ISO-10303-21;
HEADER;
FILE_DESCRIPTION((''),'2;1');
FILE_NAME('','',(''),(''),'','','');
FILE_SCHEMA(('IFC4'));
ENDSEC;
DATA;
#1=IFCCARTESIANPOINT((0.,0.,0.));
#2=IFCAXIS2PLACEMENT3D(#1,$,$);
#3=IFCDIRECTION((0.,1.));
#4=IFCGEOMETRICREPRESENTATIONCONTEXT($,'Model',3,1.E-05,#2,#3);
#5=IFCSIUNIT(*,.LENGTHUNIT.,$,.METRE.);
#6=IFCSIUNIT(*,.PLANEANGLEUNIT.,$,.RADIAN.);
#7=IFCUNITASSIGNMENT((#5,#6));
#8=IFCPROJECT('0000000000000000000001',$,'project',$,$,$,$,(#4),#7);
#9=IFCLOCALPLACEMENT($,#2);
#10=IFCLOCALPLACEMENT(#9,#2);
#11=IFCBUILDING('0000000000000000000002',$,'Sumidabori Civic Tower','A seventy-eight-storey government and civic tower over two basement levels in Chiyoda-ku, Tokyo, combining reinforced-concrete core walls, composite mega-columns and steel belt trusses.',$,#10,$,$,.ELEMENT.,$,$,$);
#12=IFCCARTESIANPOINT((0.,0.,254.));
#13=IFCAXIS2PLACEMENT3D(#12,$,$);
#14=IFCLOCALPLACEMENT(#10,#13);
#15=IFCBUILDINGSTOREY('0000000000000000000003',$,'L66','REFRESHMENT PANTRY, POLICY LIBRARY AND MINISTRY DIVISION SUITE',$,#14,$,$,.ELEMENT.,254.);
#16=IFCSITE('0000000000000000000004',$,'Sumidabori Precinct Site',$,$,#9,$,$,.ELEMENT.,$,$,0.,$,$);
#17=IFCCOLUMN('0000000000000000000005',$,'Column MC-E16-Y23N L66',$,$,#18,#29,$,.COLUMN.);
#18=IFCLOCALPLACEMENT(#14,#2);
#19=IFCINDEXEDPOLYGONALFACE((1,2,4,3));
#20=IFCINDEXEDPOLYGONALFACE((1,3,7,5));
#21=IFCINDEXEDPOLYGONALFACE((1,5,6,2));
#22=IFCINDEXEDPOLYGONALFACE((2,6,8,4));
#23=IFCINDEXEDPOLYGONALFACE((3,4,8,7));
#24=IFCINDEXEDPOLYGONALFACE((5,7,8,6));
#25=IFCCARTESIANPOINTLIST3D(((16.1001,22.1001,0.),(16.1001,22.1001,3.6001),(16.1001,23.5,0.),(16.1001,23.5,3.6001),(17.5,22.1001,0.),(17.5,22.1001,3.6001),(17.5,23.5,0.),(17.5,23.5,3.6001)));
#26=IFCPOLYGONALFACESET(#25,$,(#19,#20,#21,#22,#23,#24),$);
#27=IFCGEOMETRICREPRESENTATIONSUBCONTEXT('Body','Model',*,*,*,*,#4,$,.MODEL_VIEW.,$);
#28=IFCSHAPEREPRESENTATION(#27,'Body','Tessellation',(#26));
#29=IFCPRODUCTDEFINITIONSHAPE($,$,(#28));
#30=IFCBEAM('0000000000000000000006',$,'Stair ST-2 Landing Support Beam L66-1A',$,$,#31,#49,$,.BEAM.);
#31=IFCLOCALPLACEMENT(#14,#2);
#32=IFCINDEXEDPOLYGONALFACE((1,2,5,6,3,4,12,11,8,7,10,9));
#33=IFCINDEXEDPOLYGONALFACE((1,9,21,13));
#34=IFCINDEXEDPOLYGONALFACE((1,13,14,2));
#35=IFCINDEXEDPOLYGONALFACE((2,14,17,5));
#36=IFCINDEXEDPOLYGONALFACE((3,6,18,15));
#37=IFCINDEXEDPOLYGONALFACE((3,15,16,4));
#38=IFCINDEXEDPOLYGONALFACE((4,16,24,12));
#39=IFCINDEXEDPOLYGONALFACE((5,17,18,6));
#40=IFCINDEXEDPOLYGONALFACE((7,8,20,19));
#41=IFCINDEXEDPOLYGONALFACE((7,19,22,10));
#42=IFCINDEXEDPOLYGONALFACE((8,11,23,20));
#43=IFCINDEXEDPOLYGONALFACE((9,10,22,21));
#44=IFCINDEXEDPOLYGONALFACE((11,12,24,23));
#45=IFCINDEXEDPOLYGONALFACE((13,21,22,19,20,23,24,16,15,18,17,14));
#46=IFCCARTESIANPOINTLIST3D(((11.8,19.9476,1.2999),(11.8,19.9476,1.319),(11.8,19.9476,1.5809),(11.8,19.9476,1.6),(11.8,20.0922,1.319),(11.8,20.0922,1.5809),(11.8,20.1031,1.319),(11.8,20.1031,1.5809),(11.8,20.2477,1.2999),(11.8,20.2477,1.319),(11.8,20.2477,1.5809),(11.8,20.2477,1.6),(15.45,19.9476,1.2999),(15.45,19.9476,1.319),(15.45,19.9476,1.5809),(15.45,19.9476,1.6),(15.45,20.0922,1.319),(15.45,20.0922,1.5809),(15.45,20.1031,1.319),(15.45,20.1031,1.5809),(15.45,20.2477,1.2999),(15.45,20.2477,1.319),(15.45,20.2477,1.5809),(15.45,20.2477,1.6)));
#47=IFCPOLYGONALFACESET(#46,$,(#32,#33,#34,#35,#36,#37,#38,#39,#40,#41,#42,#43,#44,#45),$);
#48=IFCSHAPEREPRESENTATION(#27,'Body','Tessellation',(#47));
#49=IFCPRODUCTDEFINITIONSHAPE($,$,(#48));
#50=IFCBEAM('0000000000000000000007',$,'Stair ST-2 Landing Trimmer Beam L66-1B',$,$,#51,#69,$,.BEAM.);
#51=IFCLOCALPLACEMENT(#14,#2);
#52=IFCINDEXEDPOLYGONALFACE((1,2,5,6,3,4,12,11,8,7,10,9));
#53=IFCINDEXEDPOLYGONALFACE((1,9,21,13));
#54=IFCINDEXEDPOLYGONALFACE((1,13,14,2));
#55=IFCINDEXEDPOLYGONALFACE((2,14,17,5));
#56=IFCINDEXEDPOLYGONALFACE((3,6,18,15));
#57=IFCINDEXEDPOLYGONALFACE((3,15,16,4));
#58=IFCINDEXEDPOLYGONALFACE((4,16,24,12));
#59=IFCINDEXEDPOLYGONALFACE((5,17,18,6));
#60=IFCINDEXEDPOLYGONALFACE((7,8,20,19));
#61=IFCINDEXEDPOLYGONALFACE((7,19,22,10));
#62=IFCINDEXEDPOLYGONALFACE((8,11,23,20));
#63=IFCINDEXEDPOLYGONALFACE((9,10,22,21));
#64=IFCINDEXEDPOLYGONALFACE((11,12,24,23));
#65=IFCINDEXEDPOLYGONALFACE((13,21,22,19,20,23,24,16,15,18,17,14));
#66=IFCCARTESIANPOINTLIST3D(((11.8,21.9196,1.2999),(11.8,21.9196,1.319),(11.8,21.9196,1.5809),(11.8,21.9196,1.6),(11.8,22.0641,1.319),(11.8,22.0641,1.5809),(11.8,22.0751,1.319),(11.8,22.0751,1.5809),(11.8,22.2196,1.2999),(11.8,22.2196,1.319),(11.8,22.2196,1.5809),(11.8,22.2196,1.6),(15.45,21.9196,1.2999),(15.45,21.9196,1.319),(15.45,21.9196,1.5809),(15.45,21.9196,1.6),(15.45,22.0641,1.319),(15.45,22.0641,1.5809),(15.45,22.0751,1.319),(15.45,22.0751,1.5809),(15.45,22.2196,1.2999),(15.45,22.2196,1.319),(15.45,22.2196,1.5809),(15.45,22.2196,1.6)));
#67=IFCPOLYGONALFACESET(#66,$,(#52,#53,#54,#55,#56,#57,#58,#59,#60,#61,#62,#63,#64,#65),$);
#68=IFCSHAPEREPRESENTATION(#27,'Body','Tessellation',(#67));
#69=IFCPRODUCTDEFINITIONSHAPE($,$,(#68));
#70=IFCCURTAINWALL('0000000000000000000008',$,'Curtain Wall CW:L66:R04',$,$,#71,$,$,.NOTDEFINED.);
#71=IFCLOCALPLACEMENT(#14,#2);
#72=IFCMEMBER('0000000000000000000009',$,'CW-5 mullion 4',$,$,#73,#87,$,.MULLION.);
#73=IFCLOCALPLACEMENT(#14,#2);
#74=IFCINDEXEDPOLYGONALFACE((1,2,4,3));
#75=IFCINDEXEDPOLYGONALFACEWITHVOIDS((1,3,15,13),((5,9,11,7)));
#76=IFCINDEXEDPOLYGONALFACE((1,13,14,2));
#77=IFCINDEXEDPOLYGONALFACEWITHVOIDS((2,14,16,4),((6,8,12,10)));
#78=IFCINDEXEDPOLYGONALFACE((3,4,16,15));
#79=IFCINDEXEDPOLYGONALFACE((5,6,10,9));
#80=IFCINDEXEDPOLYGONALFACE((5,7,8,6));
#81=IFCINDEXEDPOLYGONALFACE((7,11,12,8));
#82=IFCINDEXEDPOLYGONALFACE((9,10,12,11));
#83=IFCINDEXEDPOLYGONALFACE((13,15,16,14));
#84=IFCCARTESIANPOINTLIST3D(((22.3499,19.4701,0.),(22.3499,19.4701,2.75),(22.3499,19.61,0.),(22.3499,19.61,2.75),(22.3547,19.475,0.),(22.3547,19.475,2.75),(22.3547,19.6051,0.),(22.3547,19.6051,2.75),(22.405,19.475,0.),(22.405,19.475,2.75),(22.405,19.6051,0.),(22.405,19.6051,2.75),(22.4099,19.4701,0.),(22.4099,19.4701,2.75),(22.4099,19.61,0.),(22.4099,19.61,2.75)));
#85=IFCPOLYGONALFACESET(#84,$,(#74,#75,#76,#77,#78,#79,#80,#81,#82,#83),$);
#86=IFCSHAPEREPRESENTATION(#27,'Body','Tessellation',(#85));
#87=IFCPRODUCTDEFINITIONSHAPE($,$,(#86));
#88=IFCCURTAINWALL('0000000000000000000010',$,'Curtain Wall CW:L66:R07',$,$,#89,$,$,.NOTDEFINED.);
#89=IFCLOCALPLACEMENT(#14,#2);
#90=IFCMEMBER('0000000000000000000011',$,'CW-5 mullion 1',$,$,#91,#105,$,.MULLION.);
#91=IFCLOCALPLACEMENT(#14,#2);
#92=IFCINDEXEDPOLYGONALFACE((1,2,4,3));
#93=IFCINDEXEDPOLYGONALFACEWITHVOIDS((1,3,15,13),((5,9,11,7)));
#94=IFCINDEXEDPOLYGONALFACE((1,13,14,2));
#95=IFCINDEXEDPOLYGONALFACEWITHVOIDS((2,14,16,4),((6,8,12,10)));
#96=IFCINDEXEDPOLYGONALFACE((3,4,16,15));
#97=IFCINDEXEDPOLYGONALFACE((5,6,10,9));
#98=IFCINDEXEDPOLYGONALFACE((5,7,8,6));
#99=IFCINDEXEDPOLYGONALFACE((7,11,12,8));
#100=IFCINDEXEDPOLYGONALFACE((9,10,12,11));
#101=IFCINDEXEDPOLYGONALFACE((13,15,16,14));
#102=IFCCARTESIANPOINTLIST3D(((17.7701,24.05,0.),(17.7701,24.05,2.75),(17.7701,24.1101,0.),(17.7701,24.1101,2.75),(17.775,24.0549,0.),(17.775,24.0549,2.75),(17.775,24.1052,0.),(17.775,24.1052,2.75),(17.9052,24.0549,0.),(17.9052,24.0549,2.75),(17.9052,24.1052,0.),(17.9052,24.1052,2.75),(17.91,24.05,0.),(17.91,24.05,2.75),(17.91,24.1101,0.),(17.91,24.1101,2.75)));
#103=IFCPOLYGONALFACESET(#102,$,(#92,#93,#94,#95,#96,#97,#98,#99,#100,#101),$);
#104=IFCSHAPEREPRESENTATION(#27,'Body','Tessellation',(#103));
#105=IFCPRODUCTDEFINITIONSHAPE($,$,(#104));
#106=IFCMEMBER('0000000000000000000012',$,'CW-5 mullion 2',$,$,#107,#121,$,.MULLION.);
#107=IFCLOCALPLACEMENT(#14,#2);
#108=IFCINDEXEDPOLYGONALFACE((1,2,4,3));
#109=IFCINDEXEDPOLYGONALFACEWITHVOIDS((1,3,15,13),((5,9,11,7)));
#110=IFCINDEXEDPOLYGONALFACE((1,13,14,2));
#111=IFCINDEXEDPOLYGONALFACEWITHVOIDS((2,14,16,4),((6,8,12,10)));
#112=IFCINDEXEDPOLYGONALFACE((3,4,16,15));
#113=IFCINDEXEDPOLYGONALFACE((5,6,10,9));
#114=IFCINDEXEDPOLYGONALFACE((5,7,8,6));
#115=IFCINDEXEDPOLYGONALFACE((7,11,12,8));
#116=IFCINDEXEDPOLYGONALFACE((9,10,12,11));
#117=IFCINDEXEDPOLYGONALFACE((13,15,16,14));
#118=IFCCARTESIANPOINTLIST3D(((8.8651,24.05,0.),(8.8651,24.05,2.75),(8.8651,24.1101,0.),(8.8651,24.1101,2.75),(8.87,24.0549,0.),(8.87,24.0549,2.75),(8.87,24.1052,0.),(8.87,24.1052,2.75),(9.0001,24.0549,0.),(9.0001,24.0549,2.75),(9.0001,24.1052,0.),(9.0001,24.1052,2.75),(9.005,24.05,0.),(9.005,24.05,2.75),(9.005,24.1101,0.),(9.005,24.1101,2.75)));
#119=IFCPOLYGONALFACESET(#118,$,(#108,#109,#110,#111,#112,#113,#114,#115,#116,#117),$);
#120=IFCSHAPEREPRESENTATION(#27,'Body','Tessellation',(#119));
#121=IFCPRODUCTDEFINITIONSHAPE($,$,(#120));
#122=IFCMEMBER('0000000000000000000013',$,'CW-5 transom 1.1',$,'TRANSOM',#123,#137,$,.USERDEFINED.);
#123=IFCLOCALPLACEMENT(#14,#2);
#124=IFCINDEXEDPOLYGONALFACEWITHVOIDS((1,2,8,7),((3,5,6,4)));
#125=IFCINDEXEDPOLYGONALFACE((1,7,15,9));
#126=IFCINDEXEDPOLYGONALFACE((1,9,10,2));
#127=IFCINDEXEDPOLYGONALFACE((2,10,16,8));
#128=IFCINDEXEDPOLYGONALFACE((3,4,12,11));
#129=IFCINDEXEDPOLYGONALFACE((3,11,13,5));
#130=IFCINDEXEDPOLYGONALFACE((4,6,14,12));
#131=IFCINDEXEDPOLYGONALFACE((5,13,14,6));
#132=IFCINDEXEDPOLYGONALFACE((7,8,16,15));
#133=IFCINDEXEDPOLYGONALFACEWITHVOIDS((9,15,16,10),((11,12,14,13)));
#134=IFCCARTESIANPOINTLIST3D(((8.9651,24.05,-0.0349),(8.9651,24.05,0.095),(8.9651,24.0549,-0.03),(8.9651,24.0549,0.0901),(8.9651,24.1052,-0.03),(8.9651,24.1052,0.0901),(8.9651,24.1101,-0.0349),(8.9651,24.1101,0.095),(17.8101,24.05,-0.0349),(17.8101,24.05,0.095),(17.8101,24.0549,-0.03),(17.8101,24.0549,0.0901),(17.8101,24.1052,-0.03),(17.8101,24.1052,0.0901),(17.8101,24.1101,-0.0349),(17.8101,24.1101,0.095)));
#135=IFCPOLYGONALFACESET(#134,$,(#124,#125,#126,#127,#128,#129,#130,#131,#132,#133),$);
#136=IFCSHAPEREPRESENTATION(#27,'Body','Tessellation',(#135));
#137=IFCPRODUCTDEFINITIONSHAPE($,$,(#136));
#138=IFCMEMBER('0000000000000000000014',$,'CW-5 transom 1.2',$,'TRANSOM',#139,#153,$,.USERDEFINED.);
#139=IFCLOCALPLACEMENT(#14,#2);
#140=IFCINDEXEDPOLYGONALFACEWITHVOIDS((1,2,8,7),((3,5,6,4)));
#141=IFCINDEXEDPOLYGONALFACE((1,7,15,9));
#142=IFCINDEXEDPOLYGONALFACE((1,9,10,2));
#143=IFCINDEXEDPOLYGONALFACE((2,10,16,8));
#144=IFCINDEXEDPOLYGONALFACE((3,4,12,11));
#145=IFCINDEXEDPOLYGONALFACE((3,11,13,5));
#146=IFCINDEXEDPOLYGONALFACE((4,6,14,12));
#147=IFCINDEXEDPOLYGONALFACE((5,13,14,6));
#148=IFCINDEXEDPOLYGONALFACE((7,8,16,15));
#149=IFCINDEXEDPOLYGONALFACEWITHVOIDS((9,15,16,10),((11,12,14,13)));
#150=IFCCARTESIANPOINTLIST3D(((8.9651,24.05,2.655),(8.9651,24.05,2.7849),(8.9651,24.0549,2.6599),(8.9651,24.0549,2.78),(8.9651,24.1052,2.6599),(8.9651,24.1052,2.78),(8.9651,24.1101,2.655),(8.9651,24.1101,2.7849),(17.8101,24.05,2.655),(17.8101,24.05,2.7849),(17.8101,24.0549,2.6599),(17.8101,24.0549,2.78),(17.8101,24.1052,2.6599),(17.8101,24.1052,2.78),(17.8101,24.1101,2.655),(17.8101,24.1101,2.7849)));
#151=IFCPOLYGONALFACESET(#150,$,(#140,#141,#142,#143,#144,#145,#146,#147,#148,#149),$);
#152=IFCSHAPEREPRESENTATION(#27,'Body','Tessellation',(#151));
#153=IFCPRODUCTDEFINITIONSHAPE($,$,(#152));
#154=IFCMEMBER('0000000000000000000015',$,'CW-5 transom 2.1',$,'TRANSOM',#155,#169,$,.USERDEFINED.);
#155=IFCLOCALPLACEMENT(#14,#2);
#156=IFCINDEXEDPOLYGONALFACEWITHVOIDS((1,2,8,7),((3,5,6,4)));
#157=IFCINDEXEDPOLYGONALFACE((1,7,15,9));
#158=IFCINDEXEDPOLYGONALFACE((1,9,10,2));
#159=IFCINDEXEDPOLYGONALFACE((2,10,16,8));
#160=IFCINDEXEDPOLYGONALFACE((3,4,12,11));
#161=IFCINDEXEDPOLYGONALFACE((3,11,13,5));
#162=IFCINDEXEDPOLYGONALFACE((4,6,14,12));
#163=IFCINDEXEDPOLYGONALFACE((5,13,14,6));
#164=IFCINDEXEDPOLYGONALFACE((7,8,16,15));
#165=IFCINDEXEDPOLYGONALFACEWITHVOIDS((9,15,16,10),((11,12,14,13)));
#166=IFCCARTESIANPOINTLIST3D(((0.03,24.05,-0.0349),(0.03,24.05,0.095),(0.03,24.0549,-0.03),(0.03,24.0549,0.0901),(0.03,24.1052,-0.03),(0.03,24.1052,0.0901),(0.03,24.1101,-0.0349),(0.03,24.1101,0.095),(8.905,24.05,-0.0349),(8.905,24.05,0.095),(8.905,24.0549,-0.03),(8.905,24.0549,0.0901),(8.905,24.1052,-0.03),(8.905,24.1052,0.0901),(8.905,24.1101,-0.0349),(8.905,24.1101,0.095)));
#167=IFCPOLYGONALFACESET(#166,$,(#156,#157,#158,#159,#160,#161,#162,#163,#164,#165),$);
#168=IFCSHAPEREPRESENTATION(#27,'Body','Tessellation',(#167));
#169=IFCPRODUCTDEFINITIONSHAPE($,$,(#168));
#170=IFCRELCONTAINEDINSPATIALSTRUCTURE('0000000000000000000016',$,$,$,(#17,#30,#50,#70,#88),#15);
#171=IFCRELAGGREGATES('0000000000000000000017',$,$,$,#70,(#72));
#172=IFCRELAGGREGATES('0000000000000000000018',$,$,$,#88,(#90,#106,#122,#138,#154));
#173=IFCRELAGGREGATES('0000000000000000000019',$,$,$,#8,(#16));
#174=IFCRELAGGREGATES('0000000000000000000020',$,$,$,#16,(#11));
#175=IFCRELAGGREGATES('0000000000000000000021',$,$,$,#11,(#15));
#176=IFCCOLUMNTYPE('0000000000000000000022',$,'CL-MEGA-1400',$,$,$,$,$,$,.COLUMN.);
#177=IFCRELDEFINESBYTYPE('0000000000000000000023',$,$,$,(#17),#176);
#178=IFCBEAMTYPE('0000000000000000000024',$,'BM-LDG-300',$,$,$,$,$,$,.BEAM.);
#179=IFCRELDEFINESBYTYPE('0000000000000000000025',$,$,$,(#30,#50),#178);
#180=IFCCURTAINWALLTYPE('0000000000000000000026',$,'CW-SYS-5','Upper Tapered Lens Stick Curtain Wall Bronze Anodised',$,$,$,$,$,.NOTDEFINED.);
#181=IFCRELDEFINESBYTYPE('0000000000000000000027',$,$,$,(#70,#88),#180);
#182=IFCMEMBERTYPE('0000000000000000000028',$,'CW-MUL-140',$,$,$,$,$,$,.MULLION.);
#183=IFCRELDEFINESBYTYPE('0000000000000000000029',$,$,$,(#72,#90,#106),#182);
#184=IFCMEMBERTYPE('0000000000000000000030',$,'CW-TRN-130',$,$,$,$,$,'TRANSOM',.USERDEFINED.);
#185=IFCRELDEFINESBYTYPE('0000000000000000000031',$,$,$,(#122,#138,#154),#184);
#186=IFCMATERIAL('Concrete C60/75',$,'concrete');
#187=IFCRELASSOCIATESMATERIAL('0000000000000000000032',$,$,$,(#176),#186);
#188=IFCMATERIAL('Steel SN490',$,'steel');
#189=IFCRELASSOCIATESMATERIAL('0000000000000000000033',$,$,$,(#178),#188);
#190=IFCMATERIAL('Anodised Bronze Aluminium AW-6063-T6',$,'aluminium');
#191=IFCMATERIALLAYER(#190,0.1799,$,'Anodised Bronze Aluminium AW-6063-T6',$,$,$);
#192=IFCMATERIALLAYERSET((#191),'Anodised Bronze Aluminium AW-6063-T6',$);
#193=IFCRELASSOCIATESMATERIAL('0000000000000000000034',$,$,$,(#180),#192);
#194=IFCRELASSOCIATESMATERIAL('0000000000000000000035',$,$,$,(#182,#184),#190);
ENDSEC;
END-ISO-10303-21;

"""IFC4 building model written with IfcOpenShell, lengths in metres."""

from ifc_helpers import new_model, si_unit, direction, frame, origin, origin_2d, place, context, subcontext, project, spatial, rectangle, hollow_rectangle, i_section, extrude, source, transform, mapped, material, layer, layer_set, material_profile, profile_set, type_object, element, aggregate, save


model = new_model("IFC4")

# Units and contexts
model_context = context("Model", 3, precision=1e-05, world=origin(), true_north=direction((0.0, 1.0)))
body_context = subcontext(model_context, "Body", "Model", "MODEL_VIEW")
ifc_project = project(units=[si_unit("LENGTHUNIT", "METRE"), si_unit("PLANEANGLEUNIT", "RADIAN")], contexts=[model_context])

# Site, building, storey
site_placement = place(None, origin())
site = spatial("IfcSite", under=ifc_project, at=site_placement, Name="Sumidabori Precinct Site", CompositionType="ELEMENT", RefElevation=0.0)
building_placement = place(site_placement, origin())
building = spatial("IfcBuilding", under=site, at=building_placement, Name="Sumidabori Civic Tower", Description="A seventy-eight-storey government and civic tower over two basement levels in Chiyoda-ku, Tokyo, combining reinforced-concrete core walls, composite mega-columns and steel belt trusses.", CompositionType="ELEMENT")
storey_placement = place(building_placement, frame((0.0, 0.0, 254.0)))
storey = spatial("IfcBuildingStorey", under=building, at=storey_placement, Name="L66", Description="REFRESHMENT PANTRY, POLICY LIBRARY AND MINISTRY DIVISION SUITE", CompositionType="ELEMENT", Elevation=254.0)

# Column
ifc_material_1 = material(Name="Concrete C60/75", Category="concrete")
ifc_material_profile_1 = material_profile(ifc_material_1, rectangle(XDim=1.3999, YDim=1.3999, at=origin_2d()), Name="RC 1400x1400")
ifc_profile_set_1 = profile_set([ifc_material_profile_1], Name="Concrete C60/75")
column_type = type_object("IfcColumnType", Name="CL-MEGA-1400", PredefinedType="COLUMN", material=ifc_profile_set_1)
shared_shape_1 = source(origin(), body_context, "Body", "SweptSolid", [
    extrude(rectangle(XDim=1.3999, YDim=1.3999, at=origin_2d()), origin(), (0.0, 0.0, 1.0), 3.6001),
])
column_placement = place(storey_placement, frame((16.8, 22.8, 0.0), z_axis=(0.0, 0.0, 1.0), x_axis=(1.0, 0.0, 0.0)))
element("IfcColumn", 1, at=column_placement, inside=storey, type_object=column_type, Name="Column MC-E16-Y23N L66", PredefinedType="COLUMN", context=body_context, shape_type="MappedRepresentation", body=[
    mapped(shared_shape_1, transform((0.0, 0.0, 0.0), x_axis=(1.0, 0.0, 0.0), y_axis=(0.0, 1.0, 0.0), z_axis=(0.0, 0.0, 1.0), scale=1.0)),
])

# Beams
ifc_material_2 = material(Name="Steel SN490", Category="steel")
ifc_material_profile_2 = material_profile(ifc_material_2, i_section(OverallWidth=0.3, OverallDepth=0.3, WebThickness=0.011, FlangeThickness=0.019, at=origin_2d()), Name="HE 300 B")
ifc_profile_set_2 = profile_set([ifc_material_profile_2], Name="Steel SN490")
beam_type = type_object("IfcBeamType", Name="BM-LDG-300", PredefinedType="BEAM", material=ifc_profile_set_2)
shared_shape_2 = source(origin(), body_context, "Body", "SweptSolid", [
    extrude(i_section(OverallWidth=0.3, OverallDepth=0.3, WebThickness=0.011, FlangeThickness=0.019, at=origin_2d()), origin(), (0.0, 0.0, 1.0), 3.6499),
])
for number, where, z_axis, x_axis, name in (
    (2, (11.8, 20.0977, 1.45), (1.0, 0.0, 0.0), (0.0, 1.0, 0.0), "Stair ST-2 Landing Support Beam L66-1A"),
    (3, (11.8, 22.0696, 1.45), (1.0, 0.0, 0.0), (0.0, 1.0, 0.0), "Stair ST-2 Landing Trimmer Beam L66-1B"),
):
    element("IfcBeam", number, at=place(storey_placement, frame(where, z_axis=z_axis, x_axis=x_axis)), inside=storey, type_object=beam_type, Name=name, PredefinedType="BEAM", context=body_context, shape_type="MappedRepresentation", body=[
        mapped(shared_shape_2, transform((0.0, 0.0, 0.0), x_axis=(1.0, 0.0, 0.0), y_axis=(0.0, 1.0, 0.0), z_axis=(0.0, 0.0, 1.0), scale=1.0)),
    ])

# Curtain wall, member
ifc_material_3 = material(Name="Anodised Bronze Aluminium AW-6063-T6", Category="aluminium")
ifc_layer_1 = layer(ifc_material_3, 0.1799, Name="Anodised Bronze Aluminium AW-6063-T6")
ifc_layer_set_1 = layer_set([ifc_layer_1], Name="Anodised Bronze Aluminium AW-6063-T6")
curtain_wall_type = type_object("IfcCurtainWallType", Name="CW-SYS-5", Description="Upper Tapered Lens Stick Curtain Wall Bronze Anodised", PredefinedType="NOTDEFINED", material=ifc_layer_set_1)
curtain_wall_1_placement = place(storey_placement, origin())
curtain_wall_1 = element("IfcCurtainWall", 4, at=curtain_wall_1_placement, inside=storey, type_object=curtain_wall_type, Name="Curtain Wall CW:L66:R04", PredefinedType="NOTDEFINED")
ifc_material_profile_3 = material_profile(ifc_material_3, hollow_rectangle(XDim=0.0601, YDim=0.1399, WallThickness=0.0049, at=origin_2d()), Name="ALU MULLION 140x60")
ifc_profile_set_3 = profile_set([ifc_material_profile_3], Name="Anodised Bronze Aluminium AW-6063-T6")
member_type_1 = type_object("IfcMemberType", Name="CW-MUL-140", PredefinedType="MULLION", material=ifc_profile_set_3)
shared_shape_3 = source(origin(), body_context, "Body", "SweptSolid", [
    extrude(hollow_rectangle(XDim=0.0601, YDim=0.1399, WallThickness=0.0049, at=origin_2d()), origin(), (0.0, 0.0, 1.0), 2.75),
])
member_1_placement = place(storey_placement, frame((22.3799, 19.54, 0.0), z_axis=(0.0, 0.0, 1.0), x_axis=(-1.0, 0.0, 0.0)))
member_1 = element("IfcMember", 5, at=member_1_placement, type_object=member_type_1, Name="CW-5 mullion 4", PredefinedType="MULLION", context=body_context, shape_type="MappedRepresentation", body=[
    mapped(shared_shape_3, transform((0.0, 0.0, 0.0), x_axis=(1.0, 0.0, 0.0), y_axis=(0.0, 1.0, 0.0), z_axis=(0.0, 0.0, 1.0), scale=1.0)),
])
aggregate(curtain_wall_1, [member_1])

# Curtain wall, members
curtain_wall_2_placement = place(storey_placement, origin())
curtain_wall_2 = element("IfcCurtainWall", 6, at=curtain_wall_2_placement, inside=storey, type_object=curtain_wall_type, Name="Curtain Wall CW:L66:R07", PredefinedType="NOTDEFINED")
member_2_placement = place(storey_placement, frame((17.8401, 24.0801, 0.0), z_axis=(0.0, 0.0, 1.0), x_axis=(0.0, -1.0, 0.0)))
member_2 = element("IfcMember", 7, at=member_2_placement, type_object=member_type_1, Name="CW-5 mullion 1", PredefinedType="MULLION", context=body_context, shape_type="MappedRepresentation", body=[
    mapped(shared_shape_3, transform((0.0, 0.0, 0.0), x_axis=(1.0, 0.0, 0.0), y_axis=(0.0, 1.0, 0.0), z_axis=(0.0, 0.0, 1.0), scale=1.0)),
])
member_3_placement = place(storey_placement, frame((8.9351, 24.0801, 0.0), z_axis=(0.0, 0.0, 1.0), x_axis=(0.0, -1.0, 0.0)))
member_3 = element("IfcMember", 8, at=member_3_placement, type_object=member_type_1, Name="CW-5 mullion 2", PredefinedType="MULLION", context=body_context, shape_type="MappedRepresentation", body=[
    mapped(shared_shape_3, transform((0.0, 0.0, 0.0), x_axis=(1.0, 0.0, 0.0), y_axis=(0.0, 1.0, 0.0), z_axis=(0.0, 0.0, 1.0), scale=1.0)),
])
ifc_material_profile_4 = material_profile(ifc_material_3, hollow_rectangle(XDim=0.0601, YDim=0.1299, WallThickness=0.0049, at=origin_2d()), Name="ALU TRANSOM 130x60")
ifc_profile_set_4 = profile_set([ifc_material_profile_4], Name="Anodised Bronze Aluminium AW-6063-T6")
member_type_2 = type_object("IfcMemberType", Name="CW-TRN-130", ElementType="TRANSOM", PredefinedType="USERDEFINED", material=ifc_profile_set_4)
shared_shape_4 = source(origin(), body_context, "Body", "SweptSolid", [
    extrude(hollow_rectangle(XDim=0.0601, YDim=0.1299, WallThickness=0.0049, at=origin_2d()), origin(), (0.0, 0.0, 1.0), 8.845),
])
member_4_placement = place(storey_placement, frame((17.8101, 24.0801, 0.03), z_axis=(-1.0, 0.0, 0.0), x_axis=(0.0, -1.0, 0.0)))
member_4 = element("IfcMember", 9, at=member_4_placement, type_object=member_type_2, Name="CW-5 transom 1.1", ObjectType="TRANSOM", PredefinedType="USERDEFINED", context=body_context, shape_type="MappedRepresentation", body=[
    mapped(shared_shape_4, transform((0.0, 0.0, 0.0), x_axis=(1.0, 0.0, 0.0), y_axis=(0.0, 1.0, 0.0), z_axis=(0.0, 0.0, 1.0), scale=1.0)),
])
member_5_placement = place(storey_placement, frame((17.8101, 24.0801, 2.72), z_axis=(-1.0, 0.0, 0.0), x_axis=(0.0, -1.0, 0.0)))
member_5 = element("IfcMember", 10, at=member_5_placement, type_object=member_type_2, Name="CW-5 transom 1.2", ObjectType="TRANSOM", PredefinedType="USERDEFINED", context=body_context, shape_type="MappedRepresentation", body=[
    mapped(shared_shape_4, transform((0.0, 0.0, 0.0), x_axis=(1.0, 0.0, 0.0), y_axis=(0.0, 1.0, 0.0), z_axis=(0.0, 0.0, 1.0), scale=1.0)),
])
shared_shape_5 = source(origin(), body_context, "Body", "SweptSolid", [
    extrude(hollow_rectangle(XDim=0.0601, YDim=0.1299, WallThickness=0.0049, at=origin_2d()), origin(), (0.0, 0.0, 1.0), 8.875),
])
member_6_placement = place(storey_placement, frame((8.905, 24.0801, 0.03), z_axis=(-1.0, 0.0, 0.0), x_axis=(0.0, -1.0, 0.0)))
member_6 = element("IfcMember", 11, at=member_6_placement, type_object=member_type_2, Name="CW-5 transom 2.1", ObjectType="TRANSOM", PredefinedType="USERDEFINED", context=body_context, shape_type="MappedRepresentation", body=[
    mapped(shared_shape_5, transform((0.0, 0.0, 0.0), x_axis=(1.0, 0.0, 0.0), y_axis=(0.0, 1.0, 0.0), z_axis=(0.0, 0.0, 1.0), scale=1.0)),
])
aggregate(curtain_wall_2, [member_2, member_3, member_4, member_5, member_6])

save(model, "model.ifc")
